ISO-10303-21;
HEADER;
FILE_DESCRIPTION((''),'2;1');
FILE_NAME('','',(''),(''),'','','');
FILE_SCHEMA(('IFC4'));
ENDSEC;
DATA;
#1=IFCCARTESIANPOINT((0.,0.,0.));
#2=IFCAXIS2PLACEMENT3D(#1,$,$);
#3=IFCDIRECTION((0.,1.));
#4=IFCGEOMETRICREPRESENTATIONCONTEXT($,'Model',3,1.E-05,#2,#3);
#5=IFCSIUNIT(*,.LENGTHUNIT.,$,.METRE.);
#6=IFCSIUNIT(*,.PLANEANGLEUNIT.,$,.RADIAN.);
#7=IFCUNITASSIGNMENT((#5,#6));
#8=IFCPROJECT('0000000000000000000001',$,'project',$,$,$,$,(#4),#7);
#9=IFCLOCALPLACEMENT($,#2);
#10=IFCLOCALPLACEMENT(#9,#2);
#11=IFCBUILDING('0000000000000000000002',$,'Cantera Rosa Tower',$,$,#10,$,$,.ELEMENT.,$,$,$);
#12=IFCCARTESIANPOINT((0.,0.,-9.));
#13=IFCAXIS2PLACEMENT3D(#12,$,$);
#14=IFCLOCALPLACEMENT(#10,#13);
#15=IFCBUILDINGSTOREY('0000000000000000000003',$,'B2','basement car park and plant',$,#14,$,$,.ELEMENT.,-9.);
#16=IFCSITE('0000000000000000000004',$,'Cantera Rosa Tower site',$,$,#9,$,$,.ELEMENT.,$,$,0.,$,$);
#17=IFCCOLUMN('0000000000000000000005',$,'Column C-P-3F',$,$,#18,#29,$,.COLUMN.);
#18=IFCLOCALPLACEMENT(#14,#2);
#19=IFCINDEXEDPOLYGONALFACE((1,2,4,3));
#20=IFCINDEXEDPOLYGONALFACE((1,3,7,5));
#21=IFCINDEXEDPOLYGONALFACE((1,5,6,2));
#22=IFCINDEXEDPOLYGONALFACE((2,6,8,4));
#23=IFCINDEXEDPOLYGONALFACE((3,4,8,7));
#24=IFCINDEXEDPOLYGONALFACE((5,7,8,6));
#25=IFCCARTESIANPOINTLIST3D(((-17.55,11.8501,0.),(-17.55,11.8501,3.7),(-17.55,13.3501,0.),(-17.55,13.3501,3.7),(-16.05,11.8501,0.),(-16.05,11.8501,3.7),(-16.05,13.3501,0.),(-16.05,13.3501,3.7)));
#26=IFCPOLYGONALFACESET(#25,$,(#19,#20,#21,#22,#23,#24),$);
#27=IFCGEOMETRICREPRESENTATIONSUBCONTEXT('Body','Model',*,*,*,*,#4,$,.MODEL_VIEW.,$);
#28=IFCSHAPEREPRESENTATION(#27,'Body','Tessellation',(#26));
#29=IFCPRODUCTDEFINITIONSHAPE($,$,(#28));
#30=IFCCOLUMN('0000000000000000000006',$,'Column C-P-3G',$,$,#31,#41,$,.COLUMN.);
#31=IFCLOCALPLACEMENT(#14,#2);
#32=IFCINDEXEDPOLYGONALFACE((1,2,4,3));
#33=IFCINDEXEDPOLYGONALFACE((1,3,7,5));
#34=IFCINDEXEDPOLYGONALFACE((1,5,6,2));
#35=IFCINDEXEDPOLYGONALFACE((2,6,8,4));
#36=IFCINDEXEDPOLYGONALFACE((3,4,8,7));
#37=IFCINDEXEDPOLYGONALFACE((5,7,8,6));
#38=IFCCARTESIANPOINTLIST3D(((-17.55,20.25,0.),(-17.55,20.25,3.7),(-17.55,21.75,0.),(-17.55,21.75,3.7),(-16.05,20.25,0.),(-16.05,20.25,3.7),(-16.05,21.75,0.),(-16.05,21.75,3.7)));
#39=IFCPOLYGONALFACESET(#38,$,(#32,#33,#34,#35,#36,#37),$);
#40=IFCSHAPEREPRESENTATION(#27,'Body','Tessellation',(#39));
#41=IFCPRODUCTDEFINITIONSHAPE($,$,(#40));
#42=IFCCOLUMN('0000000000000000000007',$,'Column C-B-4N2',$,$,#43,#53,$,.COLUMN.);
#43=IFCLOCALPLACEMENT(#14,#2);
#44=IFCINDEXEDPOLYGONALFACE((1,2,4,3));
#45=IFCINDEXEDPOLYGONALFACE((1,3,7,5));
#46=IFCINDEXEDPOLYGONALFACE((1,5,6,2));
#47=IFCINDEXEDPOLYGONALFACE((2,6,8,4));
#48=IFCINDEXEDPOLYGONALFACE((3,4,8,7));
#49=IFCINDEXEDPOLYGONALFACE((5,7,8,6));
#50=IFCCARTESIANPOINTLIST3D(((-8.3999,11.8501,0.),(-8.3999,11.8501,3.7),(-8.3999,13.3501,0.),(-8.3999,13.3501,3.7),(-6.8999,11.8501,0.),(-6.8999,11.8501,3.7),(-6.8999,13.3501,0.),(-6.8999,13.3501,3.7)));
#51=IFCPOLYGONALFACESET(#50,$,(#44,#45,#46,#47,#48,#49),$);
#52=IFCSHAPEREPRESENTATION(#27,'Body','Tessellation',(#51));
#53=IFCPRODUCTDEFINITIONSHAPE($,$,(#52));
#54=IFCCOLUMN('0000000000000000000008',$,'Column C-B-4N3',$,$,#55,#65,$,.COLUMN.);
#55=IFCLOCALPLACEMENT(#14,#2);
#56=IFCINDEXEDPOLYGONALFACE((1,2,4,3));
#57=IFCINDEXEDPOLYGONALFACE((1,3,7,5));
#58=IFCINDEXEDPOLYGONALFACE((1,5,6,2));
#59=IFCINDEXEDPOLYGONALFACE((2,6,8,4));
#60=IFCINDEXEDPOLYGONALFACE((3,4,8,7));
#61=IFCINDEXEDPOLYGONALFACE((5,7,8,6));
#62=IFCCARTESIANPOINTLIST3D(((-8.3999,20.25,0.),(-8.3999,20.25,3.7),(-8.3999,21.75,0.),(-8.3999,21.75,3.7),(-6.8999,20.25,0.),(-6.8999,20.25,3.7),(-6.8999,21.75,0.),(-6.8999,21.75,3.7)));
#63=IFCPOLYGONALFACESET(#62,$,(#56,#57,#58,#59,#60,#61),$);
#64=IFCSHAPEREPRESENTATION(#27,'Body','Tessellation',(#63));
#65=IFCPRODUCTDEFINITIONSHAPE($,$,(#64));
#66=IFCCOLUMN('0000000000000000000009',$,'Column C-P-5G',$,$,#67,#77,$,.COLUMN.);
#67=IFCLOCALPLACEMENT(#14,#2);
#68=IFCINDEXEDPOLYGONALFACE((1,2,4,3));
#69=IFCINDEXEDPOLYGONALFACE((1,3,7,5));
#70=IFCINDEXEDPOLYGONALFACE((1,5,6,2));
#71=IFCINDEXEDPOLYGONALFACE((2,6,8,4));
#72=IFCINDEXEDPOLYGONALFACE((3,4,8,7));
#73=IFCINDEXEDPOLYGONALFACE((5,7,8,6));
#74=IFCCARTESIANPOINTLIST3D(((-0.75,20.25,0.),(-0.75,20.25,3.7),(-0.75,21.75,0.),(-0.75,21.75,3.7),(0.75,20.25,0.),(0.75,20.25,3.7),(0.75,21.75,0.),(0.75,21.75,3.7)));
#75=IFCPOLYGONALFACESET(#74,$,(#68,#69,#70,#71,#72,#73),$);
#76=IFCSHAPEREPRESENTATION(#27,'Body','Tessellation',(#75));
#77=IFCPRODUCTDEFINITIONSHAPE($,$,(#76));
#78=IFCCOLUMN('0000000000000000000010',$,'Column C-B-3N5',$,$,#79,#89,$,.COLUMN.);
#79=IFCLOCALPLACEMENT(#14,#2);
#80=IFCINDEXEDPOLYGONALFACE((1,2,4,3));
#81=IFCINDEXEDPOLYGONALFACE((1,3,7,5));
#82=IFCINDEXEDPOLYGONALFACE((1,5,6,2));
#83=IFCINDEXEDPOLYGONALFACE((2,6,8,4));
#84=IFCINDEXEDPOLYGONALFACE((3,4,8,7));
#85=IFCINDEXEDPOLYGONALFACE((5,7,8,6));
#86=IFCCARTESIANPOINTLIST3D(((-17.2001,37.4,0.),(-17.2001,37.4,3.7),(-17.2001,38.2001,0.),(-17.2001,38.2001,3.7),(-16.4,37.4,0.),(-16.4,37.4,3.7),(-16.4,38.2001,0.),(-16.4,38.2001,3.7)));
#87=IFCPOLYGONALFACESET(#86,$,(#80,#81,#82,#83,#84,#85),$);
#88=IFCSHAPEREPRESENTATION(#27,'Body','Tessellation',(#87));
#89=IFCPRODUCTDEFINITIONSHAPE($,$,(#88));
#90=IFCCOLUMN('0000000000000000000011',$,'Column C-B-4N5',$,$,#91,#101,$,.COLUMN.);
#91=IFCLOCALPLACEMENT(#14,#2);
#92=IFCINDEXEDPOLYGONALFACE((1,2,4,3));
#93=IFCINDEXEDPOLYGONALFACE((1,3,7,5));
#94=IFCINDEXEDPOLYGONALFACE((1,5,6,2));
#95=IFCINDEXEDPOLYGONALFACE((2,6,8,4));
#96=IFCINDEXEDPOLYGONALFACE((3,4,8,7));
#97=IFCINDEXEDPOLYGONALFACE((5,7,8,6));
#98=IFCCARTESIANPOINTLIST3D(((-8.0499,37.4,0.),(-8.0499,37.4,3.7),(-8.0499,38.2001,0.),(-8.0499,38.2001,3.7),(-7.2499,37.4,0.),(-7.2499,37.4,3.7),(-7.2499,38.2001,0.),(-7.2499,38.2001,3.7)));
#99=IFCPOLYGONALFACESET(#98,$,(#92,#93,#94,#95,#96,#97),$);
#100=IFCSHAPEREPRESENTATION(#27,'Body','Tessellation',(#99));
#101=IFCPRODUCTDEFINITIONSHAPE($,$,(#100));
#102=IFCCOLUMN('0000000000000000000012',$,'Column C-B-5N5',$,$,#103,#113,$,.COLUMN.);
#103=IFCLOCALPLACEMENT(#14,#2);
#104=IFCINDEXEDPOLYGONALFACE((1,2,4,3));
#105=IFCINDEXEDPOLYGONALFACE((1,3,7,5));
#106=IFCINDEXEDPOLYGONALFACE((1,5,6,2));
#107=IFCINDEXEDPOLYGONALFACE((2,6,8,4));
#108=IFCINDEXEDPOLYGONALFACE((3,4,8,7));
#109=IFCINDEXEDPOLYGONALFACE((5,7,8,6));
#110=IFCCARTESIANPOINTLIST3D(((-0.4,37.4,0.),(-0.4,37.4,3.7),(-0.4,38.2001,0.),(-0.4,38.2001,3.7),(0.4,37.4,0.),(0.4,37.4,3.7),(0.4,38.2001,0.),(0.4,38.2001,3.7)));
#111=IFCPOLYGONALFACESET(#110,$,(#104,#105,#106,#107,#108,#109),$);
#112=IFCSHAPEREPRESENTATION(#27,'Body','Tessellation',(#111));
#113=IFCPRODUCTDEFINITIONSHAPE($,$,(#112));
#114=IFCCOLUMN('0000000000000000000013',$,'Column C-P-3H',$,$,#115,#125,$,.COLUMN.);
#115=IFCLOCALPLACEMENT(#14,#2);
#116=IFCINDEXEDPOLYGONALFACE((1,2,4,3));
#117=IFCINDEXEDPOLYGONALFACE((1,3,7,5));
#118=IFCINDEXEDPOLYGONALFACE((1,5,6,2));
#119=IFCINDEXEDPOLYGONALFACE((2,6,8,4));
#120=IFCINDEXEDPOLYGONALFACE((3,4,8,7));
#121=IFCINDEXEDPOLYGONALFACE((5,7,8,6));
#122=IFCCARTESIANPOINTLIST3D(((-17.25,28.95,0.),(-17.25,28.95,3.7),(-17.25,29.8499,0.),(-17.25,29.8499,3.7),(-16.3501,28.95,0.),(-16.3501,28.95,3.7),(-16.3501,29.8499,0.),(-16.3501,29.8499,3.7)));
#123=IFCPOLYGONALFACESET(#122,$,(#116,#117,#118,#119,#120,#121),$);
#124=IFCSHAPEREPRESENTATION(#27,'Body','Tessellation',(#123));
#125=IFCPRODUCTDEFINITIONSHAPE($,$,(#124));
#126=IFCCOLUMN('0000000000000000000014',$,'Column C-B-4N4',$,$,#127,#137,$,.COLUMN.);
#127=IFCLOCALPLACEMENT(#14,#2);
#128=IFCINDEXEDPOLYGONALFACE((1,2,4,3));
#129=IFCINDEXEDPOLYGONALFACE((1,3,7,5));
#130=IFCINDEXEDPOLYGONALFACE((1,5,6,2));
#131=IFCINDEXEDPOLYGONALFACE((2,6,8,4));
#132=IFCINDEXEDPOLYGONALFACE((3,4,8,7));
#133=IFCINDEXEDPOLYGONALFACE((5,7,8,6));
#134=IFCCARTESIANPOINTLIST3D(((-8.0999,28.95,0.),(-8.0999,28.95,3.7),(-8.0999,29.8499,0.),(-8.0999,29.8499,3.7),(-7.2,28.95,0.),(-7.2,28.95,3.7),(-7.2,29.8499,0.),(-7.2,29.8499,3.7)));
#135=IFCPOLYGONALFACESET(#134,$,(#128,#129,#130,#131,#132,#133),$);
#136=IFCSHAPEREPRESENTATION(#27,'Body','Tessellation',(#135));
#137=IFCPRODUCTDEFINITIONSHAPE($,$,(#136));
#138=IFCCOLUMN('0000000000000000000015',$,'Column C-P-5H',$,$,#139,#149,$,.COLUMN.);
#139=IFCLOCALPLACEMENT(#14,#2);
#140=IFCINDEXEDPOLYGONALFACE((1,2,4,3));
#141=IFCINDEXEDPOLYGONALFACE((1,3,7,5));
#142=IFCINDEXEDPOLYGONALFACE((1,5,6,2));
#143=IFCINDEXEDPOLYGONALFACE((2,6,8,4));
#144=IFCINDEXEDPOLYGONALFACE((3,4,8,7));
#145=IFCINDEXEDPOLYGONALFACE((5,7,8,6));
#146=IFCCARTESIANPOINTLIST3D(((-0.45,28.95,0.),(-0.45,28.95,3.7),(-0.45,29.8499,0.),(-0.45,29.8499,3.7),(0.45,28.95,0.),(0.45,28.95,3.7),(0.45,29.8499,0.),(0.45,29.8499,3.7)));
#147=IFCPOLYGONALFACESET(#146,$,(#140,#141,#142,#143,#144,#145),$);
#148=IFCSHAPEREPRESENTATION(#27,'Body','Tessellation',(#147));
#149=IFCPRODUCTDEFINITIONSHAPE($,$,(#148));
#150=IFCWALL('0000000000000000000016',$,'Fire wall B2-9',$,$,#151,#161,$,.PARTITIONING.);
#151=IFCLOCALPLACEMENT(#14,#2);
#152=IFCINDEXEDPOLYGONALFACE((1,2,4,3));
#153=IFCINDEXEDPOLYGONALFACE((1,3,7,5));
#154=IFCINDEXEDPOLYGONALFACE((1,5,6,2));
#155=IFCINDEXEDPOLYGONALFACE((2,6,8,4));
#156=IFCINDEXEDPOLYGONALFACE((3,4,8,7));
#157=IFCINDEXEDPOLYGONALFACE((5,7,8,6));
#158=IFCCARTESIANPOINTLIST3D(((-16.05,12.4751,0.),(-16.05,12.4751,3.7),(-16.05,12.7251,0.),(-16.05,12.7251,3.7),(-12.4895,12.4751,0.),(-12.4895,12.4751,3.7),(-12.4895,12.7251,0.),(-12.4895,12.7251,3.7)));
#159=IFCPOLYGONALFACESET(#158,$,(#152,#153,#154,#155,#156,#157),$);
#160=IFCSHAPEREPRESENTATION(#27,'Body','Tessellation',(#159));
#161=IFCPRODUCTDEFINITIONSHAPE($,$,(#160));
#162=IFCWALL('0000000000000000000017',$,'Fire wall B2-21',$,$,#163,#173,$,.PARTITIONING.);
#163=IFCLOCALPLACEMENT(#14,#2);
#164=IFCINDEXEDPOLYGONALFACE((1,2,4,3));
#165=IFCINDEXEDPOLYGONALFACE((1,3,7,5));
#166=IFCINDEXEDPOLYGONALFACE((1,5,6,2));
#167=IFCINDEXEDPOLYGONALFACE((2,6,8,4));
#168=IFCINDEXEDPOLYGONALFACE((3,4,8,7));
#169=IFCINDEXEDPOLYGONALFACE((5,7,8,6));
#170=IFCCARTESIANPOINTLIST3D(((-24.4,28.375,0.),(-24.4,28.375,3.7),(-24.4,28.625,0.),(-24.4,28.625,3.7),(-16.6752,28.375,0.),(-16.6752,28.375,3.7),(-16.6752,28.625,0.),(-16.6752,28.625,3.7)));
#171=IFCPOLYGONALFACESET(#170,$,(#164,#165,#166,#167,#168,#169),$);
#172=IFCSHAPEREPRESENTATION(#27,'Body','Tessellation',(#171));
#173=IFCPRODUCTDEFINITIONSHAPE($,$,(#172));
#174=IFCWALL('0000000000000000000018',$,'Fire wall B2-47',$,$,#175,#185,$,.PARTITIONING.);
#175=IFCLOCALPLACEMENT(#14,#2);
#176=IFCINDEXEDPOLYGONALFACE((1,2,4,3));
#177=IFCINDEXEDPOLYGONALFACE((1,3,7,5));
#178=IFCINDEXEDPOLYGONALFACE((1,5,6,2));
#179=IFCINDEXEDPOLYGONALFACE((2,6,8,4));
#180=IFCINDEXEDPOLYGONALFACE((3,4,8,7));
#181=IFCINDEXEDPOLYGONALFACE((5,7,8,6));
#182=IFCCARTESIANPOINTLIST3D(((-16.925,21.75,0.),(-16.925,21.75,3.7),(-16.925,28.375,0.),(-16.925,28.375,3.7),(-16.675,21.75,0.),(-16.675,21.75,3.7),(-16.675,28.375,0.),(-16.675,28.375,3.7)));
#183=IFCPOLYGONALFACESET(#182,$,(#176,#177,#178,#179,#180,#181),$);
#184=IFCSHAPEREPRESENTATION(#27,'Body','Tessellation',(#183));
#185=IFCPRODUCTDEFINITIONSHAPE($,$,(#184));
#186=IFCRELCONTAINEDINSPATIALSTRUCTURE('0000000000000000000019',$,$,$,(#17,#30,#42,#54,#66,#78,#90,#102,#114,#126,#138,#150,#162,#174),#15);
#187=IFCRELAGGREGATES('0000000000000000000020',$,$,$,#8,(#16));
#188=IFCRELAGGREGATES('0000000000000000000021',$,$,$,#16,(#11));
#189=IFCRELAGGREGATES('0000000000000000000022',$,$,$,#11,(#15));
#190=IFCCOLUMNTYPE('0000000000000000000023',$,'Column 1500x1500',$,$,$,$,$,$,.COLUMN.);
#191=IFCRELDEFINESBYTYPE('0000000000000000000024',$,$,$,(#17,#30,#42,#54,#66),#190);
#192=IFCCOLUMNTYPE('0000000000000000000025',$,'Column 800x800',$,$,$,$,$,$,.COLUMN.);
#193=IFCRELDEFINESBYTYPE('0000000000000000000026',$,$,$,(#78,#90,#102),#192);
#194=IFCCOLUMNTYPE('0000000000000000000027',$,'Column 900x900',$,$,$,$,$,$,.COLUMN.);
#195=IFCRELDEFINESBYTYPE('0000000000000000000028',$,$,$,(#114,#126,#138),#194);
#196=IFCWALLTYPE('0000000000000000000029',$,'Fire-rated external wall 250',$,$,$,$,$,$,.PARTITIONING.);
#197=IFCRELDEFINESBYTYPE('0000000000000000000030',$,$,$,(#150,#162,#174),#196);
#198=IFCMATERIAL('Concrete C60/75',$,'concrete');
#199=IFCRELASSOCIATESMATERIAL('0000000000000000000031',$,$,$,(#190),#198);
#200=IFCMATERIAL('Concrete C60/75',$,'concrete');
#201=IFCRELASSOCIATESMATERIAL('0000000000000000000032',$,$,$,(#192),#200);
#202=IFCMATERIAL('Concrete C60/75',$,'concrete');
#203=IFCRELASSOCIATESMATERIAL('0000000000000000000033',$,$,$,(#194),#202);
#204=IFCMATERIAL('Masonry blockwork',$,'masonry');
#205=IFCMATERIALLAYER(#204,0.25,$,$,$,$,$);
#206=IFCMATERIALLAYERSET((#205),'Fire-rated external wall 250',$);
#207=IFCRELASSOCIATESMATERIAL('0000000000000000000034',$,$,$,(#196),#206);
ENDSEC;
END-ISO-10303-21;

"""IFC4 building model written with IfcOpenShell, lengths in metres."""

from ifc_helpers import new_model, si_unit, direction, frame, frame_2d, origin, origin_2d, place, context, subcontext, project, spatial, rectangle, extrude, material, layer, layer_set, material_profile, profile_set, type_object, element, save


model = new_model("IFC4")

# Units and contexts
model_context = context("Model", 3, precision=1e-05, world=origin(), true_north=direction((0.0, 1.0)))
body_context = subcontext(model_context, "Body", "Model", "MODEL_VIEW")
ifc_project = project(units=[si_unit("LENGTHUNIT", "METRE"), si_unit("PLANEANGLEUNIT", "RADIAN")], contexts=[model_context])

# Site, building, storey
site_placement = place(None, origin())
site = spatial("IfcSite", under=ifc_project, at=site_placement, Name="Cantera Rosa Tower site", CompositionType="ELEMENT", RefElevation=0.0)
building_placement = place(site_placement, origin())
building = spatial("IfcBuilding", under=site, at=building_placement, Name="Cantera Rosa Tower", CompositionType="ELEMENT")
storey_placement = place(building_placement, frame((0.0, 0.0, -9.0)))
storey = spatial("IfcBuildingStorey", under=building, at=storey_placement, Name="B2", Description="basement car park and plant", CompositionType="ELEMENT", Elevation=-9.0)

# Columns
ifc_material_1 = material(Name="Concrete C60/75", Category="concrete")
ifc_material_profile_1 = material_profile(ifc_material_1, rectangle(XDim=1.5, YDim=1.5, at=origin_2d()), Name="Column 1500x1500")
ifc_profile_set_1 = profile_set([ifc_material_profile_1], Name="Concrete C60/75")
column_type_1 = type_object("IfcColumnType", Name="Column 1500x1500", PredefinedType="COLUMN", material=ifc_profile_set_1)
for number, where, z_axis, x_axis, name in (
    (1, (-16.8, 12.6001, 0.0), (0.0, 0.0, 1.0), (1.0, 0.0, 0.0), "Column C-P-3F"),
    (2, (-16.8, 21.0, 0.0), (0.0, 0.0, 1.0), (1.0, 0.0, 0.0), "Column C-P-3G"),
    (3, (-7.6499, 12.6001, 0.0), (0.0, 0.0, 1.0), (1.0, 0.0, 0.0), "Column C-B-4N2"),
    (4, (-7.6499, 21.0, 0.0), (0.0, 0.0, 1.0), (1.0, 0.0, 0.0), "Column C-B-4N3"),
    (5, (0.0, 21.0, 0.0), (0.0, 0.0, 1.0), (1.0, 0.0, 0.0), "Column C-P-5G"),
):
    element("IfcColumn", number, at=place(storey_placement, frame(where, z_axis=z_axis, x_axis=x_axis)), inside=storey, type_object=column_type_1, Name=name, PredefinedType="COLUMN", context=body_context, shape_type="SweptSolid", body=[
        extrude(rectangle(XDim=1.5, YDim=1.5, at=origin_2d()), origin(), (0.0, 0.0, 1.0), 3.7),
    ])
ifc_material_2 = material(Name="Concrete C60/75", Category="concrete")
ifc_material_profile_2 = material_profile(ifc_material_2, rectangle(XDim=0.8, YDim=0.8, at=origin_2d()), Name="Column 800x800")
ifc_profile_set_2 = profile_set([ifc_material_profile_2], Name="Concrete C60/75")
column_type_2 = type_object("IfcColumnType", Name="Column 800x800", PredefinedType="COLUMN", material=ifc_profile_set_2)
for number, where, z_axis, x_axis, name in (
    (6, (-16.8, 37.8, 0.0), (0.0, 0.0, 1.0), (1.0, 0.0, 0.0), "Column C-B-3N5"),
    (7, (-7.6499, 37.8, 0.0), (0.0, 0.0, 1.0), (1.0, 0.0, 0.0), "Column C-B-4N5"),
    (8, (0.0, 37.8, 0.0), (0.0, 0.0, 1.0), (1.0, 0.0, 0.0), "Column C-B-5N5"),
):
    element("IfcColumn", number, at=place(storey_placement, frame(where, z_axis=z_axis, x_axis=x_axis)), inside=storey, type_object=column_type_2, Name=name, PredefinedType="COLUMN", context=body_context, shape_type="SweptSolid", body=[
        extrude(rectangle(XDim=0.8, YDim=0.8, at=origin_2d()), origin(), (0.0, 0.0, 1.0), 3.7),
    ])
ifc_material_3 = material(Name="Concrete C60/75", Category="concrete")
ifc_material_profile_3 = material_profile(ifc_material_3, rectangle(XDim=0.8999, YDim=0.8999, at=origin_2d()), Name="Column 900x900")
ifc_profile_set_3 = profile_set([ifc_material_profile_3], Name="Concrete C60/75")
column_type_3 = type_object("IfcColumnType", Name="Column 900x900", PredefinedType="COLUMN", material=ifc_profile_set_3)
for number, where, z_axis, x_axis, name in (
    (9, (-16.8, 29.3999, 0.0), (0.0, 0.0, 1.0), (1.0, 0.0, 0.0), "Column C-P-3H"),
    (10, (-7.6499, 29.3999, 0.0), (0.0, 0.0, 1.0), (1.0, 0.0, 0.0), "Column C-B-4N4"),
    (11, (0.0, 29.3999, 0.0), (0.0, 0.0, 1.0), (1.0, 0.0, 0.0), "Column C-P-5H"),
):
    element("IfcColumn", number, at=place(storey_placement, frame(where, z_axis=z_axis, x_axis=x_axis)), inside=storey, type_object=column_type_3, Name=name, PredefinedType="COLUMN", context=body_context, shape_type="SweptSolid", body=[
        extrude(rectangle(XDim=0.8999, YDim=0.8999, at=origin_2d()), origin(), (0.0, 0.0, 1.0), 3.7),
    ])

# Walls
ifc_material_4 = material(Name="Masonry blockwork", Category="masonry")
ifc_layer_1 = layer(ifc_material_4, 0.25)
ifc_layer_set_1 = layer_set([ifc_layer_1], Name="Fire-rated external wall 250")
wall_type_1 = type_object("IfcWallType", Name="Fire-rated external wall 250", PredefinedType="PARTITIONING", material=ifc_layer_set_1)
wall_1_placement = place(storey_placement, frame((-16.05, 12.6001, 0.0), z_axis=(0.0, 0.0, 1.0), x_axis=(1.0, 0.0, 0.0)))
element("IfcWall", 12, at=wall_1_placement, inside=storey, type_object=wall_type_1, Name="Fire wall B2-9", PredefinedType="PARTITIONING", context=body_context, shape_type="SweptSolid", body=[
    extrude(rectangle(XDim=3.5605, YDim=0.25, at=frame_2d((1.7803, 0.0))), origin(), (0.0, 0.0, 1.0), 3.7),
])
wall_2_placement = place(storey_placement, frame((-24.3999, 28.5, 0.0), z_axis=(0.0, 0.0, 1.0), x_axis=(1.0, 0.0, 0.0)))
element("IfcWall", 13, at=wall_2_placement, inside=storey, type_object=wall_type_1, Name="Fire wall B2-21", PredefinedType="PARTITIONING", context=body_context, shape_type="SweptSolid", body=[
    extrude(rectangle(XDim=7.7249, YDim=0.25, at=frame_2d((3.8623, 0.0))), origin(), (0.0, 0.0, 1.0), 3.7),
])
wall_3_placement = place(storey_placement, frame((-16.8, 21.75, 0.0), z_axis=(0.0, 0.0, 1.0), x_axis=(0.0, 1.0, 0.0)))
element("IfcWall", 14, at=wall_3_placement, inside=storey, type_object=wall_type_1, Name="Fire wall B2-47", PredefinedType="PARTITIONING", context=body_context, shape_type="SweptSolid", body=[
    extrude(rectangle(XDim=6.625, YDim=0.25, at=frame_2d((3.3125, 0.0))), origin(), (0.0, 0.0, 1.0), 3.7),
])

save(model, "model.ifc")
